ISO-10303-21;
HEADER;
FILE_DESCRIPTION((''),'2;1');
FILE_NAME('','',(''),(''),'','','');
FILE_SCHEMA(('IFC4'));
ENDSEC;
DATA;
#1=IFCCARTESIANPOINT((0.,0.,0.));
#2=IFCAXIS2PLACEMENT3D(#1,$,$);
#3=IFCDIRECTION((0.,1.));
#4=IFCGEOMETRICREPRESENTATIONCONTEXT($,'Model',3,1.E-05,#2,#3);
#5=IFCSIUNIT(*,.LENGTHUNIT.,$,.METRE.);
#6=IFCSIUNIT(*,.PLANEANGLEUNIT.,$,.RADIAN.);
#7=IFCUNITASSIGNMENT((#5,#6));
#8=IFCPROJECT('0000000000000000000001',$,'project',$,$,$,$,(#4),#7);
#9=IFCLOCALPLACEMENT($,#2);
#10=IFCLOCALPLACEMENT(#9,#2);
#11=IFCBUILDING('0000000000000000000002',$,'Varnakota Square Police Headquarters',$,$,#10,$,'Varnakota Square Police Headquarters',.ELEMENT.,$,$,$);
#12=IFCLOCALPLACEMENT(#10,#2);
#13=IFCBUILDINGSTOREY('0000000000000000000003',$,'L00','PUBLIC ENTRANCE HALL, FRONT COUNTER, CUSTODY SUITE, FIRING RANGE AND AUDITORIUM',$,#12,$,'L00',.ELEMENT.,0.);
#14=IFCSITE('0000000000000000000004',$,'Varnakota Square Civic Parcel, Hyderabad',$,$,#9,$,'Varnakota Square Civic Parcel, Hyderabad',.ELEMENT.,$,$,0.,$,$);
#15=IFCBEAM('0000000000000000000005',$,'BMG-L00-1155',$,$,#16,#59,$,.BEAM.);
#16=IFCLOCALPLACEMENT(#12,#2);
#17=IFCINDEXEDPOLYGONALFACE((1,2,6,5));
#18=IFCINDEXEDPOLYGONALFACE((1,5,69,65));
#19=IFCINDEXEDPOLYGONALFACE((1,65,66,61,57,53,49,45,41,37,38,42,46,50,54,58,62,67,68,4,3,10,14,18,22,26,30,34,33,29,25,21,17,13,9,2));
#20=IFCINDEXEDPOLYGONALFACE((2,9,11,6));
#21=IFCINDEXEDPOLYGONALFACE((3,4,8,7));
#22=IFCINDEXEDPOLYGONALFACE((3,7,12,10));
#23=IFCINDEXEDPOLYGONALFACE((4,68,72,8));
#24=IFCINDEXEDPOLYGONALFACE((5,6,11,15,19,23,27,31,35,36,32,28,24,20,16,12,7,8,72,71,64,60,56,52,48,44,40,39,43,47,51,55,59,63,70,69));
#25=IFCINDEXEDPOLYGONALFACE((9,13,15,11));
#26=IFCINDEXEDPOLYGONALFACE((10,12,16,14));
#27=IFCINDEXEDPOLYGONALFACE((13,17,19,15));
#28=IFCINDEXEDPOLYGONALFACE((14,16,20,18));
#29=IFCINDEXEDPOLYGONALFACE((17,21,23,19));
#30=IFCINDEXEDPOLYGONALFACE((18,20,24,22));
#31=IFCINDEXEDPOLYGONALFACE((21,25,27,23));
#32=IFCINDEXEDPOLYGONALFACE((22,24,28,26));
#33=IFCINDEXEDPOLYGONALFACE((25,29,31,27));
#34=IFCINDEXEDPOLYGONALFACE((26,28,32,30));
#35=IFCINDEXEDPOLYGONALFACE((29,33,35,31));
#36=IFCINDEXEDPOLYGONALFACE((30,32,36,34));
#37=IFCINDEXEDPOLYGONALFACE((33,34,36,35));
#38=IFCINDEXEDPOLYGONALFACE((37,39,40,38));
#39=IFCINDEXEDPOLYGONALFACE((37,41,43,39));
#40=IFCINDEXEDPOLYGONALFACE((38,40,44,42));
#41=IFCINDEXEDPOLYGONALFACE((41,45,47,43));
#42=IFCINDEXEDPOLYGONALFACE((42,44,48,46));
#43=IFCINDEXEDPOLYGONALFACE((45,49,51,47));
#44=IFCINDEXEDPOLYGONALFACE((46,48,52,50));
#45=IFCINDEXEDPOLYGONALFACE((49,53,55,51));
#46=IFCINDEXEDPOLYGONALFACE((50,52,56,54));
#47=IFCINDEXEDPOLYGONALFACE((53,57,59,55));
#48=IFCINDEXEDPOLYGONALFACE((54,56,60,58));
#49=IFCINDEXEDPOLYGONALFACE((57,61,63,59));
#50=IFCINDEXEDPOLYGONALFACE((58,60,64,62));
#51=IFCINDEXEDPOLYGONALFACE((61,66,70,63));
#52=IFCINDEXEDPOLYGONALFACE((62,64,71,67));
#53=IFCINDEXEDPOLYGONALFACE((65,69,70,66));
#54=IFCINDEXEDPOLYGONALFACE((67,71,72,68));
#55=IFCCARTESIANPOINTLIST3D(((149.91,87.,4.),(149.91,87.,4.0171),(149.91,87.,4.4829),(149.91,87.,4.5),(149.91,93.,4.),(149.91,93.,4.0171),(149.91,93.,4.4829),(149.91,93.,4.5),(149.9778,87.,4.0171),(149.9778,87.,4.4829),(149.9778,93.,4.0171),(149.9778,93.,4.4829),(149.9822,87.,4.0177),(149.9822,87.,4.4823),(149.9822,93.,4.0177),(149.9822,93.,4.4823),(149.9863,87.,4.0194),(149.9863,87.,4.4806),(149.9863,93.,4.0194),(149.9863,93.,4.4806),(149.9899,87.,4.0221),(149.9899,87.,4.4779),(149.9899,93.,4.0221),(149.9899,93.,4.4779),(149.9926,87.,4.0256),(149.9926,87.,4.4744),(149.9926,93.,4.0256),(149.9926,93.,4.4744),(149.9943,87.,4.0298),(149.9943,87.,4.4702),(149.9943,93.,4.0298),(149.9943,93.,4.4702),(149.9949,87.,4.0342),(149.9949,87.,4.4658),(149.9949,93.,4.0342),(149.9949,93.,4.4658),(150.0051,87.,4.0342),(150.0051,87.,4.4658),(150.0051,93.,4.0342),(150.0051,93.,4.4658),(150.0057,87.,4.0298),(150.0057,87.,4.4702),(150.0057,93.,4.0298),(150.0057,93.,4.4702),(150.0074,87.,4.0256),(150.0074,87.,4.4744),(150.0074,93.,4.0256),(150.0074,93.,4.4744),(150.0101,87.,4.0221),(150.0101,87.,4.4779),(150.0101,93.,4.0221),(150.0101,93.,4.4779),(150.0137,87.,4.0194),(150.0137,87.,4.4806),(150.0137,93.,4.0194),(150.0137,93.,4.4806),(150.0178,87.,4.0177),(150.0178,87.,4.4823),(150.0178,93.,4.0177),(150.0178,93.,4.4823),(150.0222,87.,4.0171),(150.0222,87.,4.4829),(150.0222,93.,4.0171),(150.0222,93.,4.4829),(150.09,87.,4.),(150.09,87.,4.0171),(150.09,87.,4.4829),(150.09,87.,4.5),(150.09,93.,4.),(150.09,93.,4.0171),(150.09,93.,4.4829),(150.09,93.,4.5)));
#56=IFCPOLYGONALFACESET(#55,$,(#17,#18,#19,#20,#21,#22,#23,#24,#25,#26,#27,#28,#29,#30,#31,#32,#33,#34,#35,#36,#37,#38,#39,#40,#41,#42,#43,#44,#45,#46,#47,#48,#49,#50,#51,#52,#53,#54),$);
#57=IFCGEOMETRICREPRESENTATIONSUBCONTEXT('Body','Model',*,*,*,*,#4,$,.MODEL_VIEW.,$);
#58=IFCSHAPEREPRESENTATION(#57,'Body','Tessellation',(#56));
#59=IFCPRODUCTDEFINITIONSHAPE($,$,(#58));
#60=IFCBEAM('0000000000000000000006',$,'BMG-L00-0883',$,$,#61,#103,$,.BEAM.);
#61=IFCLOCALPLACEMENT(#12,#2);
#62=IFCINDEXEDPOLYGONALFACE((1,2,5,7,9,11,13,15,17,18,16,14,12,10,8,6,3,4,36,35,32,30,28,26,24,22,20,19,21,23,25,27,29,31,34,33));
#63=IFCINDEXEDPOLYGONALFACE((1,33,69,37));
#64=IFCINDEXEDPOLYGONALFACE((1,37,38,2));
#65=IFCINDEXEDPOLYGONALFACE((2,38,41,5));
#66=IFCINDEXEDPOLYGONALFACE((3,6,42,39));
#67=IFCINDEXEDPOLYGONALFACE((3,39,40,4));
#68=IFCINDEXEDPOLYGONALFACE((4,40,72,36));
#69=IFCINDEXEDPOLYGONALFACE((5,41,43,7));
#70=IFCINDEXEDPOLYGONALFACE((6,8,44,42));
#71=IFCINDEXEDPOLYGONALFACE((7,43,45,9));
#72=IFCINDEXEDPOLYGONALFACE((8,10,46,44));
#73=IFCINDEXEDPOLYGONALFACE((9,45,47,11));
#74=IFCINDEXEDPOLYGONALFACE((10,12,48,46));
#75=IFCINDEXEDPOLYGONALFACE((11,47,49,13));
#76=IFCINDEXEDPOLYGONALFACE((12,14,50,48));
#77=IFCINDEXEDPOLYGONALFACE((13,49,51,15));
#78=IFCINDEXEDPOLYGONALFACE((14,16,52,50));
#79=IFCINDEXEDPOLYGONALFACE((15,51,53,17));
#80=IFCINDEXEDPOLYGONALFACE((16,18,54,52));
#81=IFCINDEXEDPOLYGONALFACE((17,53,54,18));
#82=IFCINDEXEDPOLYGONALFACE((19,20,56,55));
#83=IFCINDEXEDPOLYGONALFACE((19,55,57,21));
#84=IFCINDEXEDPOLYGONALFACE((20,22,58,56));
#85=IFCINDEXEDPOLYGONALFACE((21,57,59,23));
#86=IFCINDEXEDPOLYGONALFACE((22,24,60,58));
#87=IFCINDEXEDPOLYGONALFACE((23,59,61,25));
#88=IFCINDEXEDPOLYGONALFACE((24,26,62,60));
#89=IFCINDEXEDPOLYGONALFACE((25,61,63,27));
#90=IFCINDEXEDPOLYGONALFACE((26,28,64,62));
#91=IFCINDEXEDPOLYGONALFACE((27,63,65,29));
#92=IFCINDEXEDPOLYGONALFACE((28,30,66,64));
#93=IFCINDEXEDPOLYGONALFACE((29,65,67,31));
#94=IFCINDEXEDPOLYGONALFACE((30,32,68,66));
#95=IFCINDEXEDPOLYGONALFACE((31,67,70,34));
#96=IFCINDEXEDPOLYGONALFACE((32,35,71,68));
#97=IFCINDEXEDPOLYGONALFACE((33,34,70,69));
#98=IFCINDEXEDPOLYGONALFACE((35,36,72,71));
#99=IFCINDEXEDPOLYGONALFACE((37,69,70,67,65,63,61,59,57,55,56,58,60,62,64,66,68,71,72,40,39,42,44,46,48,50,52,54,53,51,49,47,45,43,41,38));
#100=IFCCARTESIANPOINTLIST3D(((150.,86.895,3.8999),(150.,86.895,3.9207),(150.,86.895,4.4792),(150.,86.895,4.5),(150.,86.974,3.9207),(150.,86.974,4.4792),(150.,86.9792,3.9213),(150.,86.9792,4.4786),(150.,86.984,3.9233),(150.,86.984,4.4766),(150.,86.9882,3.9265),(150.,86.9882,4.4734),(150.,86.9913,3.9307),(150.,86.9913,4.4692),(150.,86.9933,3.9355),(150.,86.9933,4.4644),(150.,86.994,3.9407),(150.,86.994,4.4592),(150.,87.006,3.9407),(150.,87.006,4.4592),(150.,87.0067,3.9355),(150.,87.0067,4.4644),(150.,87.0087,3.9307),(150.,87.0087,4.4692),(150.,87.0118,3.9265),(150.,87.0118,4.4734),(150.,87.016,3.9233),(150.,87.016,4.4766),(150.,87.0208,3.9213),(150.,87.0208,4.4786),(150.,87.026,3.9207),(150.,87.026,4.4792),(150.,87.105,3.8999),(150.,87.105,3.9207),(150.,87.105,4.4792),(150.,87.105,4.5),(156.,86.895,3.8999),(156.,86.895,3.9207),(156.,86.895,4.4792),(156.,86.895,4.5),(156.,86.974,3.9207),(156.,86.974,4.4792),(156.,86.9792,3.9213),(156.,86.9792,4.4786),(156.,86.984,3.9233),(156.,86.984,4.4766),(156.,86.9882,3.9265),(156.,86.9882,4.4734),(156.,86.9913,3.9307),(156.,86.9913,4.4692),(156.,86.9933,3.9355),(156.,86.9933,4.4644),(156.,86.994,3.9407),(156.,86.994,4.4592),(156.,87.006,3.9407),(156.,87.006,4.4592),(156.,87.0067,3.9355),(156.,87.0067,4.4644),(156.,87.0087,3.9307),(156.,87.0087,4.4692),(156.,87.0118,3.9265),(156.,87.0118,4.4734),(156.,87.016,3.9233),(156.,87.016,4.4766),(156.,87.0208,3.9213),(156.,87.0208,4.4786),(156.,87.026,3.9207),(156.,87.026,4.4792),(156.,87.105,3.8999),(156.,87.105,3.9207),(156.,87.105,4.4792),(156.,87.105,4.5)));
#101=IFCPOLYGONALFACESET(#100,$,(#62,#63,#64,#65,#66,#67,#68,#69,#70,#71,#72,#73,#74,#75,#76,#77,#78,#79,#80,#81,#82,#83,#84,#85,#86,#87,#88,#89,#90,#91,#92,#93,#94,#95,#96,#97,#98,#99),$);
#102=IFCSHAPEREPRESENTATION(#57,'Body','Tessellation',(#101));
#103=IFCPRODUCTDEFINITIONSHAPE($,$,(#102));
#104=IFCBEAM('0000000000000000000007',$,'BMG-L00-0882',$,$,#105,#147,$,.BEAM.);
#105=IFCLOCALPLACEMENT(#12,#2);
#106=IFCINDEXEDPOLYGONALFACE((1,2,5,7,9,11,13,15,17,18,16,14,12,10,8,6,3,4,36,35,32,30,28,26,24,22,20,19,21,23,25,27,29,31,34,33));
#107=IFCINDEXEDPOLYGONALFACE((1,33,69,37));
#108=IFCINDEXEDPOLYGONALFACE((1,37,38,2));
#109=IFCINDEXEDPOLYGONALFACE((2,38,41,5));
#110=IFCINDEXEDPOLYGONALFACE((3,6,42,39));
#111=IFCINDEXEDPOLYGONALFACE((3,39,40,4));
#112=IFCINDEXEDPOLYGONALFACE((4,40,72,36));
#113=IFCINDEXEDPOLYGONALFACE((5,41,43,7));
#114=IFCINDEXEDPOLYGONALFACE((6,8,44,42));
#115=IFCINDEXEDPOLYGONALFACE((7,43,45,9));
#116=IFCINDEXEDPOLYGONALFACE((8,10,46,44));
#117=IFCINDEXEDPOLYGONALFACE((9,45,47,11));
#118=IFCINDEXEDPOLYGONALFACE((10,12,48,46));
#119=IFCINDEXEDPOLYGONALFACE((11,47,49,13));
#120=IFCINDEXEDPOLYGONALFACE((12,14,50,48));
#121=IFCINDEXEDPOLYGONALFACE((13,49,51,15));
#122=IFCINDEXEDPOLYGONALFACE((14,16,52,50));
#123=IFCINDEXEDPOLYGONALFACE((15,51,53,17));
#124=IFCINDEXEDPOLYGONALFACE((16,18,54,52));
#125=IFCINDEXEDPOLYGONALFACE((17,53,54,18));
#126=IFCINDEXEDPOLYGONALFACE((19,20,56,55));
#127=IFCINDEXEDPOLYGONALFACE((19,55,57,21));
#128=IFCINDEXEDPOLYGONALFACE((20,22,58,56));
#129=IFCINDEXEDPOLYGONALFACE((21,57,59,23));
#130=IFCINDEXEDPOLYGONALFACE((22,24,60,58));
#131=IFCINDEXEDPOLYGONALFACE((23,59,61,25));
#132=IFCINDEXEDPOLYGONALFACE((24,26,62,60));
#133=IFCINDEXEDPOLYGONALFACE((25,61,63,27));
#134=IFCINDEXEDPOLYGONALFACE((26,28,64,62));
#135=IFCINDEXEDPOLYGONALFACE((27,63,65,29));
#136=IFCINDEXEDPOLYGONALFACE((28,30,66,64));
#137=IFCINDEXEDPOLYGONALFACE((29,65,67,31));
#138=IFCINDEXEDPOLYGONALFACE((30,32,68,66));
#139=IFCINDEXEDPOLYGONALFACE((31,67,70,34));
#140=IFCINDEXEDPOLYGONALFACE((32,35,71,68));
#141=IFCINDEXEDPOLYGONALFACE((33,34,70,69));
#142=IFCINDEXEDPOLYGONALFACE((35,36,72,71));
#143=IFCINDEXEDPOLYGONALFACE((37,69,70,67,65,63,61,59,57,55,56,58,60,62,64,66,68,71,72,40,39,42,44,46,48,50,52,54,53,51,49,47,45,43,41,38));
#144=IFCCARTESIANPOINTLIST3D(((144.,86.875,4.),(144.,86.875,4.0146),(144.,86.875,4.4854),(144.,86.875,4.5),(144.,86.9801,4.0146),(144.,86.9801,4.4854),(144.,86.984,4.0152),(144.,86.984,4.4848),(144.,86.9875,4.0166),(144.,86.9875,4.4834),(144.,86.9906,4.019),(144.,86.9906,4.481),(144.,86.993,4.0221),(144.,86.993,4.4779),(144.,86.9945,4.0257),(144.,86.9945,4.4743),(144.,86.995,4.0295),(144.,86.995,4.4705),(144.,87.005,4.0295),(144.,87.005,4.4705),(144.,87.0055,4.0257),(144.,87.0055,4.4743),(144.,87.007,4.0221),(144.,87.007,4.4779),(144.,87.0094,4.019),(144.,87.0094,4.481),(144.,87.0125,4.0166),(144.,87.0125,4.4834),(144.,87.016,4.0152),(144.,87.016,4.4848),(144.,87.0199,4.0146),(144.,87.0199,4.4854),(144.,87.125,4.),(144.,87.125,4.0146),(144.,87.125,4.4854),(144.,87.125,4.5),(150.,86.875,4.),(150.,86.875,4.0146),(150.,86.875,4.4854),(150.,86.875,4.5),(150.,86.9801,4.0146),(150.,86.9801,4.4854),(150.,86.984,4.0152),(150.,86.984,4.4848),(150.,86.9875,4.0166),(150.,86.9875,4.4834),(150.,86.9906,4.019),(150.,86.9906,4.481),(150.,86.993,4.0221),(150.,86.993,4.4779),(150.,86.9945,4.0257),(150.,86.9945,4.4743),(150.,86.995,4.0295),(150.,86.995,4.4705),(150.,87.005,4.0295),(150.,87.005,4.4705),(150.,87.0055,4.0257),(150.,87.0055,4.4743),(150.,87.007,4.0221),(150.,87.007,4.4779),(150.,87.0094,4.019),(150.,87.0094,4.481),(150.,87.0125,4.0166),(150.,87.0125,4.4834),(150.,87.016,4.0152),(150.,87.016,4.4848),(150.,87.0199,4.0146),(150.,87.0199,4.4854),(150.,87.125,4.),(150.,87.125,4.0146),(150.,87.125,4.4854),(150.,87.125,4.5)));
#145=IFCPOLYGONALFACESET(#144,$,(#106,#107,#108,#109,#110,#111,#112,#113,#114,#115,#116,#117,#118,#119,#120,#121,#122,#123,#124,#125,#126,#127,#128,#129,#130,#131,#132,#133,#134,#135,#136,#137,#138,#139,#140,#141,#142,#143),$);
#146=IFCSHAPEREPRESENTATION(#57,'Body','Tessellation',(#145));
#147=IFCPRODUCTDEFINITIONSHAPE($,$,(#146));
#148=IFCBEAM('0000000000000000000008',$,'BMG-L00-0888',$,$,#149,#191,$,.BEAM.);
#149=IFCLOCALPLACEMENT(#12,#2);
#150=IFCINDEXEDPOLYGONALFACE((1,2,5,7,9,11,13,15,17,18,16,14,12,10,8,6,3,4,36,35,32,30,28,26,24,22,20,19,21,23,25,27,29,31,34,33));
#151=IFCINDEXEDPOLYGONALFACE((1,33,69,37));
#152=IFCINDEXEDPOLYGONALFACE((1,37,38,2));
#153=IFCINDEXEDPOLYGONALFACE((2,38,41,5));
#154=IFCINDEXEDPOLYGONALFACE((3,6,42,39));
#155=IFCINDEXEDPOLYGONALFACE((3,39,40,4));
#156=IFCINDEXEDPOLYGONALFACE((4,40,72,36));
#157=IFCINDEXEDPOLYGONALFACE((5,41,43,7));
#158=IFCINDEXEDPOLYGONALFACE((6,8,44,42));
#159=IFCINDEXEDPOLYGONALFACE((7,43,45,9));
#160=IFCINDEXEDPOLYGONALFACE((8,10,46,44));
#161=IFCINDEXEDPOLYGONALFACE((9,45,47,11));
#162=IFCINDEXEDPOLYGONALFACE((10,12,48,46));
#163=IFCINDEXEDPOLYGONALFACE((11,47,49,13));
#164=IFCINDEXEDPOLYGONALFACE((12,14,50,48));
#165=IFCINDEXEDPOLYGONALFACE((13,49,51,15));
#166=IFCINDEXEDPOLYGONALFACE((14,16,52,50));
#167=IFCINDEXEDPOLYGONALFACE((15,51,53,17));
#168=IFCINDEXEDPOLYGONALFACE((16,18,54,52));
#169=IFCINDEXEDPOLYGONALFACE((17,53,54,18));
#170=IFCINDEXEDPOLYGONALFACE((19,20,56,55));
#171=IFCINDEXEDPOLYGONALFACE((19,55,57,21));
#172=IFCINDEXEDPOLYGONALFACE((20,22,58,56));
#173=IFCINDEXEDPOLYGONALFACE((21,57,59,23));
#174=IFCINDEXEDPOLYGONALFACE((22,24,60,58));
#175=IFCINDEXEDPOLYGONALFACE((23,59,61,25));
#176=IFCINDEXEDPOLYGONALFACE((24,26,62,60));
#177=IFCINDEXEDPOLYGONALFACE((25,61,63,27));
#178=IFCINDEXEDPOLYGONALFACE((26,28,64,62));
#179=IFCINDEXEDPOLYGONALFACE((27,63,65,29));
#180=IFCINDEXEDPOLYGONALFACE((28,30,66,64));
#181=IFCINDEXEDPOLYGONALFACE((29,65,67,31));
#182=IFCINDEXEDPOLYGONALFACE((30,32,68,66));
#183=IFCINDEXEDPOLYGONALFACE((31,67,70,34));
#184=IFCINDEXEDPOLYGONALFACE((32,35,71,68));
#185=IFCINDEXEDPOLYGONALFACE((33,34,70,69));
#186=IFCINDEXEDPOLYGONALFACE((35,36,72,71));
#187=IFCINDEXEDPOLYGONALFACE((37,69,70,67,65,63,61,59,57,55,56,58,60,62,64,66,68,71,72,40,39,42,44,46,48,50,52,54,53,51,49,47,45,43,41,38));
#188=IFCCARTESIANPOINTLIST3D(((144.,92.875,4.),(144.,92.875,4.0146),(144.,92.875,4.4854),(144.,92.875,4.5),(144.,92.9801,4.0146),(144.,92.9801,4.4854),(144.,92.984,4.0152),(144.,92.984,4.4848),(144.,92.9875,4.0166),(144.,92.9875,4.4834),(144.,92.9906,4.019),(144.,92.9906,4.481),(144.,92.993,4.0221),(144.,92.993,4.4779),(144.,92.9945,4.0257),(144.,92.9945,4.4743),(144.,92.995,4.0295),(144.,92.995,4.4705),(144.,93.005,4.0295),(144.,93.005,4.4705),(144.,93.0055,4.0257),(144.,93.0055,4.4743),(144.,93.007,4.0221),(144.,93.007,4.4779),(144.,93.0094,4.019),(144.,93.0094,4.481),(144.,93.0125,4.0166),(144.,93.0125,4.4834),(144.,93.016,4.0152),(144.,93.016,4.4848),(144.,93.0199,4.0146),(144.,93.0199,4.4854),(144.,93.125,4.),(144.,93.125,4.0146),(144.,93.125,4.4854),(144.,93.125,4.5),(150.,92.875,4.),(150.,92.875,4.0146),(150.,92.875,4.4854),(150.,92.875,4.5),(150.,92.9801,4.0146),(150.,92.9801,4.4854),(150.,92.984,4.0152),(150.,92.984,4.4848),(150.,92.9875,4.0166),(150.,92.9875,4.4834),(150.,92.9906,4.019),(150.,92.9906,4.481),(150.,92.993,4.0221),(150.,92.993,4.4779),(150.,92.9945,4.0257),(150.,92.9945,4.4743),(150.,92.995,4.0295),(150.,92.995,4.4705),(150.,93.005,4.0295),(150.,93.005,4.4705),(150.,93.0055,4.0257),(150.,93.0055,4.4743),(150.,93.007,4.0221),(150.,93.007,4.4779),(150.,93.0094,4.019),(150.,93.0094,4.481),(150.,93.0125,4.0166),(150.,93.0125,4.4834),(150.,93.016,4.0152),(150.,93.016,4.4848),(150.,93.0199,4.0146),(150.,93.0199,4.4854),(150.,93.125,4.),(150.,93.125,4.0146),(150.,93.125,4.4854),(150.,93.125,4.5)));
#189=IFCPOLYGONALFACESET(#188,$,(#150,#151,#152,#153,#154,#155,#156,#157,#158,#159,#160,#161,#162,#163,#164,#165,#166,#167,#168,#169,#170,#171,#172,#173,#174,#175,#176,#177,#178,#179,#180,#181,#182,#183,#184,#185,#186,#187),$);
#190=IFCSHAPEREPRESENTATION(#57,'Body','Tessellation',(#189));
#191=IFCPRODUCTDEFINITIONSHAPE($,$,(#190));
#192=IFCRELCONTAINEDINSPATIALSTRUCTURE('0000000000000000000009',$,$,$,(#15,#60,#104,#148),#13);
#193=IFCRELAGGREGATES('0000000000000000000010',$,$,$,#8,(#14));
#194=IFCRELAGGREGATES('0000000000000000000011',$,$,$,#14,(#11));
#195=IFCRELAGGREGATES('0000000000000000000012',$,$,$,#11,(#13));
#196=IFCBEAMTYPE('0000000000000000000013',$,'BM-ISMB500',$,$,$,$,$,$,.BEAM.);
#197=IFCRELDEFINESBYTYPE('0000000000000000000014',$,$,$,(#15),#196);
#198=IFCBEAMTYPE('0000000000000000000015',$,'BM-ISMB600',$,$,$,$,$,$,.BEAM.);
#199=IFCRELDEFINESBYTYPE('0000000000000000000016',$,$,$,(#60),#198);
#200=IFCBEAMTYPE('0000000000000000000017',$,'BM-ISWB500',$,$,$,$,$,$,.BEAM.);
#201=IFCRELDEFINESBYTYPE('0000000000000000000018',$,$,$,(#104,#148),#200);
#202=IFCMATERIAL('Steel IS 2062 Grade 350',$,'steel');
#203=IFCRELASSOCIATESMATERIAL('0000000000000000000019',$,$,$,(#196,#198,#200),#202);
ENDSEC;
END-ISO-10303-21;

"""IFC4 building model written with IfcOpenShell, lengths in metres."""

from ifc_helpers import new_model, si_unit, direction, frame, origin, origin_2d, place, context, subcontext, project, spatial, i_section, extrude, material, material_profile, profile_set, type_object, element, save


model = new_model("IFC4")

# Units and contexts
model_context = context("Model", 3, precision=1e-05, world=origin(), true_north=direction((0.0, 1.0)))
body_context = subcontext(model_context, "Body", "Model", "MODEL_VIEW")
ifc_project = project(units=[si_unit("LENGTHUNIT", "METRE"), si_unit("PLANEANGLEUNIT", "RADIAN")], contexts=[model_context])

# Site, building, storey
site_placement = place(None, origin())
site = spatial("IfcSite", under=ifc_project, at=site_placement, Name="Varnakota Square Civic Parcel, Hyderabad", LongName="Varnakota Square Civic Parcel, Hyderabad", CompositionType="ELEMENT", RefElevation=0.0)
building_placement = place(site_placement, origin())
building = spatial("IfcBuilding", under=site, at=building_placement, Name="Varnakota Square Police Headquarters", LongName="Varnakota Square Police Headquarters", CompositionType="ELEMENT")
storey_placement = place(building_placement, origin())
storey = spatial("IfcBuildingStorey", under=building, at=storey_placement, Name="L00", Description="PUBLIC ENTRANCE HALL, FRONT COUNTER, CUSTODY SUITE, FIRING RANGE AND AUDITORIUM", LongName="L00", CompositionType="ELEMENT", Elevation=0.0)

# Beams
ifc_material_1 = material(Name="Steel IS 2062 Grade 350", Category="steel")
ifc_material_profile_1 = material_profile(ifc_material_1, i_section(OverallWidth=0.1799, OverallDepth=0.5, WebThickness=0.0103, FlangeThickness=0.0171, FilletRadius=0.0171, at=origin_2d()), Name="ISMB 500")
ifc_profile_set_1 = profile_set([ifc_material_profile_1], Name="Steel IS 2062 Grade 350")
beam_type_1 = type_object("IfcBeamType", Name="BM-ISMB500", PredefinedType="BEAM", material=ifc_profile_set_1)
for number, where, z_axis, x_axis, name in (
    (1, (150.0, 87.0, 4.25), (0.0, 1.0, 0.0), (-1.0, 0.0, 0.0), "BMG-L00-1155"),
):
    element("IfcBeam", number, at=place(storey_placement, frame(where, z_axis=z_axis, x_axis=x_axis)), inside=storey, type_object=beam_type_1, Name=name, PredefinedType="BEAM", context=body_context, shape_type="SweptSolid", body=[
        extrude(i_section(OverallWidth=0.1799, OverallDepth=0.5, WebThickness=0.0103, FlangeThickness=0.0171, FilletRadius=0.0171, at=origin_2d()), origin(), (0.0, 0.0, 1.0), 6.0),
    ])
ifc_material_profile_2 = material_profile(ifc_material_1, i_section(OverallWidth=0.21, OverallDepth=0.6001, WebThickness=0.012, FlangeThickness=0.0208, FilletRadius=0.02, at=origin_2d()), Name="ISMB 600")
ifc_profile_set_2 = profile_set([ifc_material_profile_2], Name="Steel IS 2062 Grade 350")
beam_type_2 = type_object("IfcBeamType", Name="BM-ISMB600", PredefinedType="BEAM", material=ifc_profile_set_2)
beam_placement = place(storey_placement, frame((150.0, 87.0, 4.2), z_axis=(1.0, 0.0, 0.0), x_axis=(0.0, 1.0, 0.0)))
element("IfcBeam", 2, at=beam_placement, inside=storey, type_object=beam_type_2, Name="BMG-L00-0883", PredefinedType="BEAM", context=body_context, shape_type="SweptSolid", body=[
    extrude(i_section(OverallWidth=0.21, OverallDepth=0.6001, WebThickness=0.012, FlangeThickness=0.0208, FilletRadius=0.02, at=origin_2d()), origin(), (0.0, 0.0, 1.0), 6.0),
])
ifc_material_profile_3 = material_profile(ifc_material_1, i_section(OverallWidth=0.25, OverallDepth=0.5, WebThickness=0.01, FlangeThickness=0.0146, FilletRadius=0.0149, at=origin_2d()), Name="ISWB 500")
ifc_profile_set_3 = profile_set([ifc_material_profile_3], Name="Steel IS 2062 Grade 350")
beam_type_3 = type_object("IfcBeamType", Name="BM-ISWB500", PredefinedType="BEAM", material=ifc_profile_set_3)
for number, where, z_axis, x_axis, name in (
    (3, (144.0, 87.0, 4.25), (1.0, 0.0, 0.0), (0.0, 1.0, 0.0), "BMG-L00-0882"),
    (4, (144.0, 93.0, 4.25), (1.0, 0.0, 0.0), (0.0, 1.0, 0.0), "BMG-L00-0888"),
):
    element("IfcBeam", number, at=place(storey_placement, frame(where, z_axis=z_axis, x_axis=x_axis)), inside=storey, type_object=beam_type_3, Name=name, PredefinedType="BEAM", context=body_context, shape_type="SweptSolid", body=[
        extrude(i_section(OverallWidth=0.25, OverallDepth=0.5, WebThickness=0.01, FlangeThickness=0.0146, FilletRadius=0.0149, at=origin_2d()), origin(), (0.0, 0.0, 1.0), 6.0),
    ])

save(model, "model.ifc")
